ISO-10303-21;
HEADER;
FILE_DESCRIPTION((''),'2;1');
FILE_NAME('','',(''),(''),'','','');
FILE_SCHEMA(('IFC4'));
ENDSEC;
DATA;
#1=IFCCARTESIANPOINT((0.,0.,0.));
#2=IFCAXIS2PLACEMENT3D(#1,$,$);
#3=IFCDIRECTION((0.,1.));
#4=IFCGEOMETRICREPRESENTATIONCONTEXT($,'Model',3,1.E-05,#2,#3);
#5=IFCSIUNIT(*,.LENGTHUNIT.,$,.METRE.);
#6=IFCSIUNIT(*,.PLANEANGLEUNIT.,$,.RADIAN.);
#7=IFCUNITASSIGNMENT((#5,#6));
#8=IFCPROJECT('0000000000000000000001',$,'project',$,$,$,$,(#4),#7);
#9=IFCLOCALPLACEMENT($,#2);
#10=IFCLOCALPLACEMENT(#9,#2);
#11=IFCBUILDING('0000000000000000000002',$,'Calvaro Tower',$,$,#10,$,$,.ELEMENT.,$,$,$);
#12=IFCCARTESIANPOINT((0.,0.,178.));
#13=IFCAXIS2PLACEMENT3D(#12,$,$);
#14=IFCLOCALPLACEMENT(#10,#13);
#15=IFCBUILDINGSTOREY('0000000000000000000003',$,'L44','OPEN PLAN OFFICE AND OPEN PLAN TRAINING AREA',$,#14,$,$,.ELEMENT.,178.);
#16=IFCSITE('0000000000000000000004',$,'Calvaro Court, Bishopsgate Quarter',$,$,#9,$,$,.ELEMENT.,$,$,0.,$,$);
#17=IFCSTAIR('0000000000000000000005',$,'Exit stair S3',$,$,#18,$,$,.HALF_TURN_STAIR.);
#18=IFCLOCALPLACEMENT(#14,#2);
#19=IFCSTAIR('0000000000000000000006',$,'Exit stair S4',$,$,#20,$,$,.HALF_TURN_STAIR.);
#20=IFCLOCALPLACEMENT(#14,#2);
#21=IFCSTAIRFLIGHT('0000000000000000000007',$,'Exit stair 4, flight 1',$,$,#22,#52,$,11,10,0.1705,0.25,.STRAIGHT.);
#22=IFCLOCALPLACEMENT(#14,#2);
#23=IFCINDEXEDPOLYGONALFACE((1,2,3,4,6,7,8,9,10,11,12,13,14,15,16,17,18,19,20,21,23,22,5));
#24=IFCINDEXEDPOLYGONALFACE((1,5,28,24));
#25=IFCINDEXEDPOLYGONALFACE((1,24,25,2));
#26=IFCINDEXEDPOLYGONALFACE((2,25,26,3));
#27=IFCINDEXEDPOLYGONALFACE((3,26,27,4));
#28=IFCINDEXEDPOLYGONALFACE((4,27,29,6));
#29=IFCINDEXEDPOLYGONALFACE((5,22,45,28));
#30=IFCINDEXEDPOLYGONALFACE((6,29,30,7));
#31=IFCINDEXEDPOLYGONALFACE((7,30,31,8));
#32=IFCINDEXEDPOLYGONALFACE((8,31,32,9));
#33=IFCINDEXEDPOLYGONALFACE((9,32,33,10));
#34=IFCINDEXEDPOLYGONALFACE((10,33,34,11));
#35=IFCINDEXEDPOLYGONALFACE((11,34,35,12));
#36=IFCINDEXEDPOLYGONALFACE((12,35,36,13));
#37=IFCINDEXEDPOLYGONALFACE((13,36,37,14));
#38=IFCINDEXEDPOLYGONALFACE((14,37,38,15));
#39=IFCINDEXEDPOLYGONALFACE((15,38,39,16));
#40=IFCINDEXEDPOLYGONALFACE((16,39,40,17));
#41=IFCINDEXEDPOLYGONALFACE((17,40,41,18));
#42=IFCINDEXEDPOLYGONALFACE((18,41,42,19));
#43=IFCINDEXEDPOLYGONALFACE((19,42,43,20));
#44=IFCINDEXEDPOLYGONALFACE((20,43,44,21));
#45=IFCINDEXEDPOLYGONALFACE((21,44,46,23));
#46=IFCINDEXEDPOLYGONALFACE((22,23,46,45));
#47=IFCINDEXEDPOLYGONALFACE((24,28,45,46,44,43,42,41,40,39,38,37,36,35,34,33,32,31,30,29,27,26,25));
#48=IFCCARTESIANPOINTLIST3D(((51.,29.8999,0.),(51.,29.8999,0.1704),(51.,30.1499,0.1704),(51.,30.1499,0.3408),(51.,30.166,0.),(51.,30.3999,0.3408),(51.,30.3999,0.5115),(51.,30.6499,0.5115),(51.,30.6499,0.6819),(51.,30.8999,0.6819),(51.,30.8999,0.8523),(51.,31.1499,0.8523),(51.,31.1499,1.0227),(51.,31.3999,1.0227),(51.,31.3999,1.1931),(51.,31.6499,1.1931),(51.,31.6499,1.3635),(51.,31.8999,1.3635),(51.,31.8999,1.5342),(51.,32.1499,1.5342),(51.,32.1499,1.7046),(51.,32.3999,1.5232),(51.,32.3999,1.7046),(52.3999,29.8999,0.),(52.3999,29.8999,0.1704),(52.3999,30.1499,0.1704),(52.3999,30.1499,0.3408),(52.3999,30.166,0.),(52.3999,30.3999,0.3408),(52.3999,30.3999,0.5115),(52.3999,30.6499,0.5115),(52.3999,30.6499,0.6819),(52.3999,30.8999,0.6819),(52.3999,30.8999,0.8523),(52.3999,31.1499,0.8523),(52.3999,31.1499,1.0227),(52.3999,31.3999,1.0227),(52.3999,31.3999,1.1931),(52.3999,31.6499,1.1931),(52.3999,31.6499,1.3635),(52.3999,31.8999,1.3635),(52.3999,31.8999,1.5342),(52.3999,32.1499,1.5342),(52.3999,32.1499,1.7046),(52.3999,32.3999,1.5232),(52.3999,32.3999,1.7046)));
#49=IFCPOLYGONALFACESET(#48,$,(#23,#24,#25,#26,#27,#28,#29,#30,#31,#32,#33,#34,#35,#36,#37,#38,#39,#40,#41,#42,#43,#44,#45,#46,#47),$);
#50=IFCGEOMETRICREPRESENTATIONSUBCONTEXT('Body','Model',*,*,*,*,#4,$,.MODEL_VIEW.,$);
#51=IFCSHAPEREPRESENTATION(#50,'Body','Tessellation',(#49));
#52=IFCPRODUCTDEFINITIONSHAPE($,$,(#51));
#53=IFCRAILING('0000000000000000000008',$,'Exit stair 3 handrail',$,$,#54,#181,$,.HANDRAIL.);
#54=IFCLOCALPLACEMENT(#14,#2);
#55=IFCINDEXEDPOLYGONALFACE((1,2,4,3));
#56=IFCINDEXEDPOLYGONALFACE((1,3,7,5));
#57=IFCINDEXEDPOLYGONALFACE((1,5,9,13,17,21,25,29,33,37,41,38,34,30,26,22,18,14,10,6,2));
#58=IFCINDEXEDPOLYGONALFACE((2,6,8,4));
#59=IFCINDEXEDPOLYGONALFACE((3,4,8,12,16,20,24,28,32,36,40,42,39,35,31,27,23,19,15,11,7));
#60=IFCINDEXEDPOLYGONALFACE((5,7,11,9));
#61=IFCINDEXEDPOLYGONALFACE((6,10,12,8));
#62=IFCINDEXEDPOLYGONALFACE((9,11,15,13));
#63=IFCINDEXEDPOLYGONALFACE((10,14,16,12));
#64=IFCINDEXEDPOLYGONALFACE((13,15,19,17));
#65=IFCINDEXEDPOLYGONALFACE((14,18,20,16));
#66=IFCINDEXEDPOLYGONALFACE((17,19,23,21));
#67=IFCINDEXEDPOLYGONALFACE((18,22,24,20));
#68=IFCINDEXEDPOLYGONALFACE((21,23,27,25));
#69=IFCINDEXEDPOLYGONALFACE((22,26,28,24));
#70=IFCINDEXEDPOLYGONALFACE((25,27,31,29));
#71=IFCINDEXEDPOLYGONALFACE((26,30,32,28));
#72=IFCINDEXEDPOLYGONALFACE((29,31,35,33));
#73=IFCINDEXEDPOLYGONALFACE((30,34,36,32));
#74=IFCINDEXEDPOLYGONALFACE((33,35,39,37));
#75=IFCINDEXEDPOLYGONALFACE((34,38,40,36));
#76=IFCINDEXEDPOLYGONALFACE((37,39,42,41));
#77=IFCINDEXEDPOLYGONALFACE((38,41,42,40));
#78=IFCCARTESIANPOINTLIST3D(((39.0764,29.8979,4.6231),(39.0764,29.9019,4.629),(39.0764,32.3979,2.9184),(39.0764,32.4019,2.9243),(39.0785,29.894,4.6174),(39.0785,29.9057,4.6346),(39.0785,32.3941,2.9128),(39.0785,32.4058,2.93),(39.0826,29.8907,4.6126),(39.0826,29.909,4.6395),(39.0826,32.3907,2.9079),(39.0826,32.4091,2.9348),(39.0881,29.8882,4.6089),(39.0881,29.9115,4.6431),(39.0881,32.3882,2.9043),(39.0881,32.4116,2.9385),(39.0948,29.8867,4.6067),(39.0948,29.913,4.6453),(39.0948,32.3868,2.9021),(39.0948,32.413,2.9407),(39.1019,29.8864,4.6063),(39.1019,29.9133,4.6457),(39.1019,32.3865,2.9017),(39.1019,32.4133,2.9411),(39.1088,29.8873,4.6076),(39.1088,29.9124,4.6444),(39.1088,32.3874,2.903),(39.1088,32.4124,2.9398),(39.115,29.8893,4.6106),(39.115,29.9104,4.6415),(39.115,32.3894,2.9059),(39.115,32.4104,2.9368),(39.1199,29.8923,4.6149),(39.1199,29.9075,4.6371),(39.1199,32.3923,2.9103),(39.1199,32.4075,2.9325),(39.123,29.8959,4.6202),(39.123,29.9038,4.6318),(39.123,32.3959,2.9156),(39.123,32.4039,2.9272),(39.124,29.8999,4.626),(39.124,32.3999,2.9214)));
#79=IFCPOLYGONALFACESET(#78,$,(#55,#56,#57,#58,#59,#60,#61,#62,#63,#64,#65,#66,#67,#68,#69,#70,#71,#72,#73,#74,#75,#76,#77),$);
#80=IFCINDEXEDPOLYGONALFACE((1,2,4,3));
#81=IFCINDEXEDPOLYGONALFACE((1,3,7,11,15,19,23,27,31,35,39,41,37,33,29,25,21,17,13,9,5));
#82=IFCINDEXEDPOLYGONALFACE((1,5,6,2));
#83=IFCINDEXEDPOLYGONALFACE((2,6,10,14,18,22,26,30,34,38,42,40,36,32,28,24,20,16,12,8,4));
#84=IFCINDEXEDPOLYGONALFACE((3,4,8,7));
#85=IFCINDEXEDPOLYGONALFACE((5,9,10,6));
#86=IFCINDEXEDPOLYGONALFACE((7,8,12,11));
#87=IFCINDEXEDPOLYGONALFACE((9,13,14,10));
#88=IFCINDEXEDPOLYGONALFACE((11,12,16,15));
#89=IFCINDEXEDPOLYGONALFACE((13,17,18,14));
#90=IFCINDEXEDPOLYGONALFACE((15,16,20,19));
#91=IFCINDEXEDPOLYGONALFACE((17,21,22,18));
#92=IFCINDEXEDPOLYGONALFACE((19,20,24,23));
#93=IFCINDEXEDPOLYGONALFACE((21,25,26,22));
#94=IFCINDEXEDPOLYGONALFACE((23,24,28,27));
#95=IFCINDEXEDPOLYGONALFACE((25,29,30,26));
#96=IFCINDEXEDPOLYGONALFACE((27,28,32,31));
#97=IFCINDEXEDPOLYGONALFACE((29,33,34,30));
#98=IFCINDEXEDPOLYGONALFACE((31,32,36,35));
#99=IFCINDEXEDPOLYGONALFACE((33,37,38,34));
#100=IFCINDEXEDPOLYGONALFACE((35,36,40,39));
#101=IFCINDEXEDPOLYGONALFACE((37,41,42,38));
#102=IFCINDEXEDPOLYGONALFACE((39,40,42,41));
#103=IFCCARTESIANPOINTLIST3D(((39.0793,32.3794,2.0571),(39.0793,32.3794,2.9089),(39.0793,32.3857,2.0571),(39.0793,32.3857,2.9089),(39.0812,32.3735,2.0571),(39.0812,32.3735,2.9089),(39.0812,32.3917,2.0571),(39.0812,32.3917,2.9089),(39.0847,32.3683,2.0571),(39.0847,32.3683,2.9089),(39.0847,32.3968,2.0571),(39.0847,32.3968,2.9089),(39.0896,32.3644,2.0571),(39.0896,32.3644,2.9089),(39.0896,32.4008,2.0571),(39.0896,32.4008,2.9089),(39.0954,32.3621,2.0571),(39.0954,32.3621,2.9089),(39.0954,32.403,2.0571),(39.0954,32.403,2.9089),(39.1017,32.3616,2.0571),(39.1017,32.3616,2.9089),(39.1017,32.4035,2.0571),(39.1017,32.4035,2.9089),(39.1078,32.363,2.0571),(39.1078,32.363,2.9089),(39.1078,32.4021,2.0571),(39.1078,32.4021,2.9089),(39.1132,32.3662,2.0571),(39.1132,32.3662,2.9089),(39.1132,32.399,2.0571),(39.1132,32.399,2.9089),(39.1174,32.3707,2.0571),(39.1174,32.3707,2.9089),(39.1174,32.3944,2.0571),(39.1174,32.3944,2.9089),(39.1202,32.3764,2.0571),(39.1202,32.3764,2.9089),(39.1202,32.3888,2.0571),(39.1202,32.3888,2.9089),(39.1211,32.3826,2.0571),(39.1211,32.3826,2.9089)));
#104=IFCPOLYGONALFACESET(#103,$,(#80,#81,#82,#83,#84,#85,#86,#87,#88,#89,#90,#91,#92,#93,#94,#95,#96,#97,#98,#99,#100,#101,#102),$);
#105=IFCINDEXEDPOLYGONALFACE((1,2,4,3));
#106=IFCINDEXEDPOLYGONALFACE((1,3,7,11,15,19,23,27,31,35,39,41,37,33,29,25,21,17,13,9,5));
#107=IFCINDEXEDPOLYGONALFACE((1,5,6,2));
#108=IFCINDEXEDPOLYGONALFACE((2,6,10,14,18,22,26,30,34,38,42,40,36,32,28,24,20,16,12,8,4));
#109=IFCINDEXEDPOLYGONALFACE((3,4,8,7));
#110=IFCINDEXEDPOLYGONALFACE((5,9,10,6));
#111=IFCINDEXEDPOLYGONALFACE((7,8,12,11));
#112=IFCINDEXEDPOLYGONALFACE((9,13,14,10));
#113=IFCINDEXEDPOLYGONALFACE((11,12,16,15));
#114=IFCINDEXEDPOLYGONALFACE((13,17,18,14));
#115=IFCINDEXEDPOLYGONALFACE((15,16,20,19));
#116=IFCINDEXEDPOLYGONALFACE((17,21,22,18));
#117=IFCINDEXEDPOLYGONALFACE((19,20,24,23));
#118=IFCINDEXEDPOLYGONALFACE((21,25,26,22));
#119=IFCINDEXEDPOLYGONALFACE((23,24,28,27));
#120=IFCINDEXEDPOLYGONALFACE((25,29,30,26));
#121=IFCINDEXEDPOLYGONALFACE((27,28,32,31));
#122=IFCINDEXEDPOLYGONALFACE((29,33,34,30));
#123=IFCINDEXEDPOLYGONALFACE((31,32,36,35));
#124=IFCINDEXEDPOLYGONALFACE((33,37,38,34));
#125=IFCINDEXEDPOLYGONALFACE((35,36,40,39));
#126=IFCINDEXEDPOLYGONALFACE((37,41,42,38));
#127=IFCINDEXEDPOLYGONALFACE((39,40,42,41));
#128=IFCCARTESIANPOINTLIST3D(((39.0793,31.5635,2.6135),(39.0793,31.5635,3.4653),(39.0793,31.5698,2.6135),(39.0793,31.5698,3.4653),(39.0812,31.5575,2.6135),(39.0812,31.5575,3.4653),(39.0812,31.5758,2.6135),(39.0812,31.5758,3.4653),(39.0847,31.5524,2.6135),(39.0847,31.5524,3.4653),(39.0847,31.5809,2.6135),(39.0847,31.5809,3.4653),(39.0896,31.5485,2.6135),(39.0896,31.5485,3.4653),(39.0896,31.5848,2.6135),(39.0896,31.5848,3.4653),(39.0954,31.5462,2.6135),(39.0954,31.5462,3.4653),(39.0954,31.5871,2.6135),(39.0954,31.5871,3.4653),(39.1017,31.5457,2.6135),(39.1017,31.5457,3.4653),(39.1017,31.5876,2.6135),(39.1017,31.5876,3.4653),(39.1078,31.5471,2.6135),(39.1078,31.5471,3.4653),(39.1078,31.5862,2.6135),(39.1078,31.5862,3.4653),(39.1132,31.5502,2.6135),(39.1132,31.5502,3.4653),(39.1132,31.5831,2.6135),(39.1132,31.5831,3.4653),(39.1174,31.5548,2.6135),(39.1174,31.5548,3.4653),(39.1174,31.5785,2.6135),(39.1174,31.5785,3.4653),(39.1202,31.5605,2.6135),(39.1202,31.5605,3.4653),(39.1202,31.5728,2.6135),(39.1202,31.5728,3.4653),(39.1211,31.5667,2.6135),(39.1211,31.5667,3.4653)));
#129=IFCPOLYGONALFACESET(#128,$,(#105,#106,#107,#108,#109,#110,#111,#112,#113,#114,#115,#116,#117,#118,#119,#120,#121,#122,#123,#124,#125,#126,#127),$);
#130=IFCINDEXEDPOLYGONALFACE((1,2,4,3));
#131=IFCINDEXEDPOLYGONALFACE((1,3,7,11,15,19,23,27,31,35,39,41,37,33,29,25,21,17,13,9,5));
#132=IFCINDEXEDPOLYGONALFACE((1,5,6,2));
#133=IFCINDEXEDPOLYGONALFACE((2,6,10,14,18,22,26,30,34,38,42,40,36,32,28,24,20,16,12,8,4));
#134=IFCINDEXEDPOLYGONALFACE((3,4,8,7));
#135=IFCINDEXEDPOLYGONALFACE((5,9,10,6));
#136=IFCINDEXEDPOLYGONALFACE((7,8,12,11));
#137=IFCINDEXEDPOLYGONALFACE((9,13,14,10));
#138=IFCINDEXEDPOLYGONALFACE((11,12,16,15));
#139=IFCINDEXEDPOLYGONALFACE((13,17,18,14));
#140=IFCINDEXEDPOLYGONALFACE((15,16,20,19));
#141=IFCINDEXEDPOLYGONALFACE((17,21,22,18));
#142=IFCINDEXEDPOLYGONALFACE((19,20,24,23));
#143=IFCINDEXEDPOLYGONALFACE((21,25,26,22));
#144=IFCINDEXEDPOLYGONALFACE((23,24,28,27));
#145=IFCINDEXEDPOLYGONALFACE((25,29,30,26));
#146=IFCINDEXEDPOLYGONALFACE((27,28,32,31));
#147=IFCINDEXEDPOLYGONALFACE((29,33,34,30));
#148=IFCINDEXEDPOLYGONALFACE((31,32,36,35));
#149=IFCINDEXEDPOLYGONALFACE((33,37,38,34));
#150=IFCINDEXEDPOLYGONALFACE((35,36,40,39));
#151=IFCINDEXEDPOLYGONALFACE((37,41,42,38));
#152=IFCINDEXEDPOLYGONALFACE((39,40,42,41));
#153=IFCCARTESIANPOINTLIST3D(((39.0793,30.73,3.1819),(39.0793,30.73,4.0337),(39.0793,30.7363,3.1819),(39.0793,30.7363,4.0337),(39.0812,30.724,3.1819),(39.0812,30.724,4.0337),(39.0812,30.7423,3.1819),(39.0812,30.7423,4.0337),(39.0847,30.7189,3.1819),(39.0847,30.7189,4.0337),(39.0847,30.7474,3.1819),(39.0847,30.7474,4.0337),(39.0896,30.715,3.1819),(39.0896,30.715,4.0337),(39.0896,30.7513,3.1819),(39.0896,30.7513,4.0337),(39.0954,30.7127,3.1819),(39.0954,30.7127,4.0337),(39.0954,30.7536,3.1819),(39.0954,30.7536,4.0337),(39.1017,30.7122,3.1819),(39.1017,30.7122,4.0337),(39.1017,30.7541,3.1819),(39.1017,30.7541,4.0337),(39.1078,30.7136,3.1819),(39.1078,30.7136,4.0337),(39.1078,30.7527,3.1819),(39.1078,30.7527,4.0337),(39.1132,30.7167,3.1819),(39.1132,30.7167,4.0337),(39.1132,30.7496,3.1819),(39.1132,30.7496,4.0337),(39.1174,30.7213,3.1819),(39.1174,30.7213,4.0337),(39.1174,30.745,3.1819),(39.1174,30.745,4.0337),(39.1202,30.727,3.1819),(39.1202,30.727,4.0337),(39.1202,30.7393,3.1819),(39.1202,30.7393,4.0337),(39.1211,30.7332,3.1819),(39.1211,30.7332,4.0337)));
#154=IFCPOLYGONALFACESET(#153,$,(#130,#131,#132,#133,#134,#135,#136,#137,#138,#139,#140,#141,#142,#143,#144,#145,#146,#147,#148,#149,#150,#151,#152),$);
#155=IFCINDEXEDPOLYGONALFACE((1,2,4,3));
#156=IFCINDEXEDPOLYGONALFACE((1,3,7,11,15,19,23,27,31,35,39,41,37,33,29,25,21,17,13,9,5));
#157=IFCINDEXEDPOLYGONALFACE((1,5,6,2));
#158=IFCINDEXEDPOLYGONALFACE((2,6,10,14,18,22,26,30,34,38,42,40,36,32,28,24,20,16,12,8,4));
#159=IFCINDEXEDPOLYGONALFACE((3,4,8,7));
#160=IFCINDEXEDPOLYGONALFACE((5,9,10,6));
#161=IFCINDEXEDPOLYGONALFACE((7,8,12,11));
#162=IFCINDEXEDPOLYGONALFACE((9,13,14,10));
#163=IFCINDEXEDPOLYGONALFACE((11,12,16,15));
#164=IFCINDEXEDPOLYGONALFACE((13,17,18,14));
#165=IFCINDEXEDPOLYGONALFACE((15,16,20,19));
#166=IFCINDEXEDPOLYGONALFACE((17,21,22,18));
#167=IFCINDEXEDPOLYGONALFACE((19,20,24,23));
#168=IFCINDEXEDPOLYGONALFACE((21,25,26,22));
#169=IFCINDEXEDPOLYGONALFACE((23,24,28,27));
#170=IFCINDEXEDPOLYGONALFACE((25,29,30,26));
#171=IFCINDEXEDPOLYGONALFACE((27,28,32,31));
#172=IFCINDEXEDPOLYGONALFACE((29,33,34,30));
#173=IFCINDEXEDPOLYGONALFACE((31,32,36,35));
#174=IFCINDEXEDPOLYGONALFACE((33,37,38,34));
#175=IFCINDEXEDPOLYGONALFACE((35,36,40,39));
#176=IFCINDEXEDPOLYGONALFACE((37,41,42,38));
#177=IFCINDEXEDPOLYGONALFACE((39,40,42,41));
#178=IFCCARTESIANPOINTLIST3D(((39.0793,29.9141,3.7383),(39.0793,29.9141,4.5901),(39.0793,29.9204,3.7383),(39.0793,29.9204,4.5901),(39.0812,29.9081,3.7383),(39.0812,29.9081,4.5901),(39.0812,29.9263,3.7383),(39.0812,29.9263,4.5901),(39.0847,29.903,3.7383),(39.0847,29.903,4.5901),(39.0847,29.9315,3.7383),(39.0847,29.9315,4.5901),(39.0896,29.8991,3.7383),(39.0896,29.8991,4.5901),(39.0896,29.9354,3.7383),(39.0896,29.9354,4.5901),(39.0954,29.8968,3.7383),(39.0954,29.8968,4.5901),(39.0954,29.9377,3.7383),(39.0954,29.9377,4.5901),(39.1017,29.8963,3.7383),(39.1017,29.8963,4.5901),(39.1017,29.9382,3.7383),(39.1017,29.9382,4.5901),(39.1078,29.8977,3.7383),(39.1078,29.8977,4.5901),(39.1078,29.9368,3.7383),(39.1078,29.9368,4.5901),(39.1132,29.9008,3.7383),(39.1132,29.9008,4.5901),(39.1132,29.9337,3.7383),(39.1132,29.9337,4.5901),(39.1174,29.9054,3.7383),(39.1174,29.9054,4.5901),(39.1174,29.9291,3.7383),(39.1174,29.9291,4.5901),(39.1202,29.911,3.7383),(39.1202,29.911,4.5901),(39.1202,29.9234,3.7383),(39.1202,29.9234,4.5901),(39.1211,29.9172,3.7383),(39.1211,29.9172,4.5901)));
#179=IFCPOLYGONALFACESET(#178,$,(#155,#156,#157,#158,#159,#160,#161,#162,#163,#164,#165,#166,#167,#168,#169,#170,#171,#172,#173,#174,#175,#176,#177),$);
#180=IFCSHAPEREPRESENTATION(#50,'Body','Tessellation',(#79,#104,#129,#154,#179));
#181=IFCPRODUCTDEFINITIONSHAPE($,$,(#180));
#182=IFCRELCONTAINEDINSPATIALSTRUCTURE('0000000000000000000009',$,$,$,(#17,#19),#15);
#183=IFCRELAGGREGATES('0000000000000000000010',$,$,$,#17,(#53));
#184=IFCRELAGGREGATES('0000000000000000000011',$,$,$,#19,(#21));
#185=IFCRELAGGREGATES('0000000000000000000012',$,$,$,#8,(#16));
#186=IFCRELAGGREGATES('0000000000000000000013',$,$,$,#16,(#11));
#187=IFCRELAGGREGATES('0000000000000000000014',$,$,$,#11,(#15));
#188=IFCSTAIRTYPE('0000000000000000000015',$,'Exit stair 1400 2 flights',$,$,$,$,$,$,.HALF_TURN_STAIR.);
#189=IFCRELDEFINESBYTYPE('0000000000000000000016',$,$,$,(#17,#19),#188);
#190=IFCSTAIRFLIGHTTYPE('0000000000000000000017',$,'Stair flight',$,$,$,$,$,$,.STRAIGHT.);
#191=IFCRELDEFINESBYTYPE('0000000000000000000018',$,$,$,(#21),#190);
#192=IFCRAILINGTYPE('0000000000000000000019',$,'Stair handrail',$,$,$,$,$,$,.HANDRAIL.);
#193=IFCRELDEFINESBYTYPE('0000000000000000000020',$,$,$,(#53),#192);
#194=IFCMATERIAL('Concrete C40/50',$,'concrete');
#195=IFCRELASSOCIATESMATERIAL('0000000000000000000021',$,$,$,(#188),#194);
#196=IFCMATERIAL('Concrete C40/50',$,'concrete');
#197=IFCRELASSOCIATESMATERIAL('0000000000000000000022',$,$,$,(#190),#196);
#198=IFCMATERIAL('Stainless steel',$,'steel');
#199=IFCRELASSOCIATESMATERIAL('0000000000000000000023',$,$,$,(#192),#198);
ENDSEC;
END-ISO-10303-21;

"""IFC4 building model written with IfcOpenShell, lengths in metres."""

from ifc_helpers import new_model, si_unit, direction, frame, origin, origin_2d, place, context, subcontext, project, spatial, polyline, circle, outline, extrude, material, type_object, element, aggregate, save


model = new_model("IFC4")

# Units and contexts
model_context = context("Model", 3, precision=1e-05, world=origin(), true_north=direction((0.0, 1.0)))
body_context = subcontext(model_context, "Body", "Model", "MODEL_VIEW")
ifc_project = project(units=[si_unit("LENGTHUNIT", "METRE"), si_unit("PLANEANGLEUNIT", "RADIAN")], contexts=[model_context])

# Site, building, storey
site_placement = place(None, origin())
site = spatial("IfcSite", under=ifc_project, at=site_placement, Name="Calvaro Court, Bishopsgate Quarter", CompositionType="ELEMENT", RefElevation=0.0)
building_placement = place(site_placement, origin())
building = spatial("IfcBuilding", under=site, at=building_placement, Name="Calvaro Tower", CompositionType="ELEMENT")
storey_placement = place(building_placement, frame((0.0, 0.0, 178.0)))
storey = spatial("IfcBuildingStorey", under=building, at=storey_placement, Name="L44", Description="OPEN PLAN OFFICE AND OPEN PLAN TRAINING AREA", CompositionType="ELEMENT", Elevation=178.0)

# Stairs, stair flight
ifc_material_1 = material(Name="Concrete C40/50", Category="concrete")
stair_type = type_object("IfcStairType", Name="Exit stair 1400 2 flights", PredefinedType="HALF_TURN_STAIR", material=ifc_material_1)
stair_1_placement = place(storey_placement, origin())
stair_1 = element("IfcStair", 1, at=stair_1_placement, inside=storey, type_object=stair_type, Name="Exit stair S3", PredefinedType="HALF_TURN_STAIR")
ifc_material_2 = material(Name="Concrete C40/50", Category="concrete")
stair_flight_type = type_object("IfcStairFlightType", Name="Stair flight", PredefinedType="STRAIGHT", material=ifc_material_2)
stair_2_placement = place(storey_placement, origin())
stair_2 = element("IfcStair", 2, at=stair_2_placement, inside=storey, type_object=stair_type, Name="Exit stair S4", PredefinedType="HALF_TURN_STAIR")
stair_flight_1_placement = place(storey_placement, frame((51.7, 29.8999, 0.0), z_axis=(0.0, 0.0, 1.0), x_axis=(0.0, 1.0, 0.0)))
stair_flight_1 = element("IfcStairFlight", 3, at=stair_flight_1_placement, type_object=stair_flight_type, Name="Exit stair 4, flight 1", NumberOfRisers=11, NumberOfTreads=10, PredefinedType="STRAIGHT", RiserHeight=0.1705, TreadLength=0.25, context=body_context, shape_type="SweptSolid", body=[
    extrude(outline(polyline([(0.0, 0.0), (0.0, 0.1704), (0.25, 0.1704), (0.25, 0.3408), (0.5, 0.3408), (0.5, 0.5115), (0.75, 0.5115), (0.75, 0.6819), (1.0, 0.6819), (1.0, 0.8523), (1.25, 0.8523), (1.25, 1.0227), (1.5, 1.0227), (1.5, 1.1931), (1.75, 1.1931), (1.75, 1.3635), (2.0, 1.3635), (2.0, 1.5342), (2.25, 1.5342), (2.25, 1.7046), (2.5, 1.7046), (2.5, 1.875), (2.5, 1.5232), (0.2661, 0.0), (0.0, 0.0)])), frame((0.0, 0.7, 0.0), z_axis=(0.0, -1.0, 0.0), x_axis=(1.0, 0.0, 0.0)), (0.0, 0.0, 1.0), 1.3999),
])

# Railing
ifc_material_3 = material(Name="Stainless steel", Category="steel")
railing_type = type_object("IfcRailingType", Name="Stair handrail", PredefinedType="HANDRAIL", material=ifc_material_3)
railing_1_placement = place(storey_placement, frame((39.1001, 32.3999, 2.0454)))
railing_1 = element("IfcRailing", 4, at=railing_1_placement, type_object=railing_type, Name="Exit stair 3 handrail", PredefinedType="HANDRAIL", context=body_context, shape_type="SweptSolid", body=[
    extrude(circle(Radius=0.0239, at=origin_2d()), frame((0.0, 0.0, 0.876), z_axis=(0.0, -0.826221, 0.563347), x_axis=(1.0, 0.0, 0.0)), (0.0, 0.0, 1.0), 3.0259),
    extrude(circle(Radius=0.021, at=origin_2d()), frame((0.0, -0.0173, 0.0117)), (0.0, 0.0, 1.0), 0.8518),
    extrude(circle(Radius=0.021, at=origin_2d()), frame((0.0, -0.8333, 0.5681)), (0.0, 0.0, 1.0), 0.8518),
    extrude(circle(Radius=0.021, at=origin_2d()), frame((0.0, -1.6667, 1.1365)), (0.0, 0.0, 1.0), 0.8518),
    extrude(circle(Radius=0.021, at=origin_2d()), frame((0.0, -2.4827, 1.6929)), (0.0, 0.0, 1.0), 0.8518),
])
aggregate(stair_1, [railing_1])
aggregate(stair_2, [stair_flight_1])

save(model, "model.ifc")
